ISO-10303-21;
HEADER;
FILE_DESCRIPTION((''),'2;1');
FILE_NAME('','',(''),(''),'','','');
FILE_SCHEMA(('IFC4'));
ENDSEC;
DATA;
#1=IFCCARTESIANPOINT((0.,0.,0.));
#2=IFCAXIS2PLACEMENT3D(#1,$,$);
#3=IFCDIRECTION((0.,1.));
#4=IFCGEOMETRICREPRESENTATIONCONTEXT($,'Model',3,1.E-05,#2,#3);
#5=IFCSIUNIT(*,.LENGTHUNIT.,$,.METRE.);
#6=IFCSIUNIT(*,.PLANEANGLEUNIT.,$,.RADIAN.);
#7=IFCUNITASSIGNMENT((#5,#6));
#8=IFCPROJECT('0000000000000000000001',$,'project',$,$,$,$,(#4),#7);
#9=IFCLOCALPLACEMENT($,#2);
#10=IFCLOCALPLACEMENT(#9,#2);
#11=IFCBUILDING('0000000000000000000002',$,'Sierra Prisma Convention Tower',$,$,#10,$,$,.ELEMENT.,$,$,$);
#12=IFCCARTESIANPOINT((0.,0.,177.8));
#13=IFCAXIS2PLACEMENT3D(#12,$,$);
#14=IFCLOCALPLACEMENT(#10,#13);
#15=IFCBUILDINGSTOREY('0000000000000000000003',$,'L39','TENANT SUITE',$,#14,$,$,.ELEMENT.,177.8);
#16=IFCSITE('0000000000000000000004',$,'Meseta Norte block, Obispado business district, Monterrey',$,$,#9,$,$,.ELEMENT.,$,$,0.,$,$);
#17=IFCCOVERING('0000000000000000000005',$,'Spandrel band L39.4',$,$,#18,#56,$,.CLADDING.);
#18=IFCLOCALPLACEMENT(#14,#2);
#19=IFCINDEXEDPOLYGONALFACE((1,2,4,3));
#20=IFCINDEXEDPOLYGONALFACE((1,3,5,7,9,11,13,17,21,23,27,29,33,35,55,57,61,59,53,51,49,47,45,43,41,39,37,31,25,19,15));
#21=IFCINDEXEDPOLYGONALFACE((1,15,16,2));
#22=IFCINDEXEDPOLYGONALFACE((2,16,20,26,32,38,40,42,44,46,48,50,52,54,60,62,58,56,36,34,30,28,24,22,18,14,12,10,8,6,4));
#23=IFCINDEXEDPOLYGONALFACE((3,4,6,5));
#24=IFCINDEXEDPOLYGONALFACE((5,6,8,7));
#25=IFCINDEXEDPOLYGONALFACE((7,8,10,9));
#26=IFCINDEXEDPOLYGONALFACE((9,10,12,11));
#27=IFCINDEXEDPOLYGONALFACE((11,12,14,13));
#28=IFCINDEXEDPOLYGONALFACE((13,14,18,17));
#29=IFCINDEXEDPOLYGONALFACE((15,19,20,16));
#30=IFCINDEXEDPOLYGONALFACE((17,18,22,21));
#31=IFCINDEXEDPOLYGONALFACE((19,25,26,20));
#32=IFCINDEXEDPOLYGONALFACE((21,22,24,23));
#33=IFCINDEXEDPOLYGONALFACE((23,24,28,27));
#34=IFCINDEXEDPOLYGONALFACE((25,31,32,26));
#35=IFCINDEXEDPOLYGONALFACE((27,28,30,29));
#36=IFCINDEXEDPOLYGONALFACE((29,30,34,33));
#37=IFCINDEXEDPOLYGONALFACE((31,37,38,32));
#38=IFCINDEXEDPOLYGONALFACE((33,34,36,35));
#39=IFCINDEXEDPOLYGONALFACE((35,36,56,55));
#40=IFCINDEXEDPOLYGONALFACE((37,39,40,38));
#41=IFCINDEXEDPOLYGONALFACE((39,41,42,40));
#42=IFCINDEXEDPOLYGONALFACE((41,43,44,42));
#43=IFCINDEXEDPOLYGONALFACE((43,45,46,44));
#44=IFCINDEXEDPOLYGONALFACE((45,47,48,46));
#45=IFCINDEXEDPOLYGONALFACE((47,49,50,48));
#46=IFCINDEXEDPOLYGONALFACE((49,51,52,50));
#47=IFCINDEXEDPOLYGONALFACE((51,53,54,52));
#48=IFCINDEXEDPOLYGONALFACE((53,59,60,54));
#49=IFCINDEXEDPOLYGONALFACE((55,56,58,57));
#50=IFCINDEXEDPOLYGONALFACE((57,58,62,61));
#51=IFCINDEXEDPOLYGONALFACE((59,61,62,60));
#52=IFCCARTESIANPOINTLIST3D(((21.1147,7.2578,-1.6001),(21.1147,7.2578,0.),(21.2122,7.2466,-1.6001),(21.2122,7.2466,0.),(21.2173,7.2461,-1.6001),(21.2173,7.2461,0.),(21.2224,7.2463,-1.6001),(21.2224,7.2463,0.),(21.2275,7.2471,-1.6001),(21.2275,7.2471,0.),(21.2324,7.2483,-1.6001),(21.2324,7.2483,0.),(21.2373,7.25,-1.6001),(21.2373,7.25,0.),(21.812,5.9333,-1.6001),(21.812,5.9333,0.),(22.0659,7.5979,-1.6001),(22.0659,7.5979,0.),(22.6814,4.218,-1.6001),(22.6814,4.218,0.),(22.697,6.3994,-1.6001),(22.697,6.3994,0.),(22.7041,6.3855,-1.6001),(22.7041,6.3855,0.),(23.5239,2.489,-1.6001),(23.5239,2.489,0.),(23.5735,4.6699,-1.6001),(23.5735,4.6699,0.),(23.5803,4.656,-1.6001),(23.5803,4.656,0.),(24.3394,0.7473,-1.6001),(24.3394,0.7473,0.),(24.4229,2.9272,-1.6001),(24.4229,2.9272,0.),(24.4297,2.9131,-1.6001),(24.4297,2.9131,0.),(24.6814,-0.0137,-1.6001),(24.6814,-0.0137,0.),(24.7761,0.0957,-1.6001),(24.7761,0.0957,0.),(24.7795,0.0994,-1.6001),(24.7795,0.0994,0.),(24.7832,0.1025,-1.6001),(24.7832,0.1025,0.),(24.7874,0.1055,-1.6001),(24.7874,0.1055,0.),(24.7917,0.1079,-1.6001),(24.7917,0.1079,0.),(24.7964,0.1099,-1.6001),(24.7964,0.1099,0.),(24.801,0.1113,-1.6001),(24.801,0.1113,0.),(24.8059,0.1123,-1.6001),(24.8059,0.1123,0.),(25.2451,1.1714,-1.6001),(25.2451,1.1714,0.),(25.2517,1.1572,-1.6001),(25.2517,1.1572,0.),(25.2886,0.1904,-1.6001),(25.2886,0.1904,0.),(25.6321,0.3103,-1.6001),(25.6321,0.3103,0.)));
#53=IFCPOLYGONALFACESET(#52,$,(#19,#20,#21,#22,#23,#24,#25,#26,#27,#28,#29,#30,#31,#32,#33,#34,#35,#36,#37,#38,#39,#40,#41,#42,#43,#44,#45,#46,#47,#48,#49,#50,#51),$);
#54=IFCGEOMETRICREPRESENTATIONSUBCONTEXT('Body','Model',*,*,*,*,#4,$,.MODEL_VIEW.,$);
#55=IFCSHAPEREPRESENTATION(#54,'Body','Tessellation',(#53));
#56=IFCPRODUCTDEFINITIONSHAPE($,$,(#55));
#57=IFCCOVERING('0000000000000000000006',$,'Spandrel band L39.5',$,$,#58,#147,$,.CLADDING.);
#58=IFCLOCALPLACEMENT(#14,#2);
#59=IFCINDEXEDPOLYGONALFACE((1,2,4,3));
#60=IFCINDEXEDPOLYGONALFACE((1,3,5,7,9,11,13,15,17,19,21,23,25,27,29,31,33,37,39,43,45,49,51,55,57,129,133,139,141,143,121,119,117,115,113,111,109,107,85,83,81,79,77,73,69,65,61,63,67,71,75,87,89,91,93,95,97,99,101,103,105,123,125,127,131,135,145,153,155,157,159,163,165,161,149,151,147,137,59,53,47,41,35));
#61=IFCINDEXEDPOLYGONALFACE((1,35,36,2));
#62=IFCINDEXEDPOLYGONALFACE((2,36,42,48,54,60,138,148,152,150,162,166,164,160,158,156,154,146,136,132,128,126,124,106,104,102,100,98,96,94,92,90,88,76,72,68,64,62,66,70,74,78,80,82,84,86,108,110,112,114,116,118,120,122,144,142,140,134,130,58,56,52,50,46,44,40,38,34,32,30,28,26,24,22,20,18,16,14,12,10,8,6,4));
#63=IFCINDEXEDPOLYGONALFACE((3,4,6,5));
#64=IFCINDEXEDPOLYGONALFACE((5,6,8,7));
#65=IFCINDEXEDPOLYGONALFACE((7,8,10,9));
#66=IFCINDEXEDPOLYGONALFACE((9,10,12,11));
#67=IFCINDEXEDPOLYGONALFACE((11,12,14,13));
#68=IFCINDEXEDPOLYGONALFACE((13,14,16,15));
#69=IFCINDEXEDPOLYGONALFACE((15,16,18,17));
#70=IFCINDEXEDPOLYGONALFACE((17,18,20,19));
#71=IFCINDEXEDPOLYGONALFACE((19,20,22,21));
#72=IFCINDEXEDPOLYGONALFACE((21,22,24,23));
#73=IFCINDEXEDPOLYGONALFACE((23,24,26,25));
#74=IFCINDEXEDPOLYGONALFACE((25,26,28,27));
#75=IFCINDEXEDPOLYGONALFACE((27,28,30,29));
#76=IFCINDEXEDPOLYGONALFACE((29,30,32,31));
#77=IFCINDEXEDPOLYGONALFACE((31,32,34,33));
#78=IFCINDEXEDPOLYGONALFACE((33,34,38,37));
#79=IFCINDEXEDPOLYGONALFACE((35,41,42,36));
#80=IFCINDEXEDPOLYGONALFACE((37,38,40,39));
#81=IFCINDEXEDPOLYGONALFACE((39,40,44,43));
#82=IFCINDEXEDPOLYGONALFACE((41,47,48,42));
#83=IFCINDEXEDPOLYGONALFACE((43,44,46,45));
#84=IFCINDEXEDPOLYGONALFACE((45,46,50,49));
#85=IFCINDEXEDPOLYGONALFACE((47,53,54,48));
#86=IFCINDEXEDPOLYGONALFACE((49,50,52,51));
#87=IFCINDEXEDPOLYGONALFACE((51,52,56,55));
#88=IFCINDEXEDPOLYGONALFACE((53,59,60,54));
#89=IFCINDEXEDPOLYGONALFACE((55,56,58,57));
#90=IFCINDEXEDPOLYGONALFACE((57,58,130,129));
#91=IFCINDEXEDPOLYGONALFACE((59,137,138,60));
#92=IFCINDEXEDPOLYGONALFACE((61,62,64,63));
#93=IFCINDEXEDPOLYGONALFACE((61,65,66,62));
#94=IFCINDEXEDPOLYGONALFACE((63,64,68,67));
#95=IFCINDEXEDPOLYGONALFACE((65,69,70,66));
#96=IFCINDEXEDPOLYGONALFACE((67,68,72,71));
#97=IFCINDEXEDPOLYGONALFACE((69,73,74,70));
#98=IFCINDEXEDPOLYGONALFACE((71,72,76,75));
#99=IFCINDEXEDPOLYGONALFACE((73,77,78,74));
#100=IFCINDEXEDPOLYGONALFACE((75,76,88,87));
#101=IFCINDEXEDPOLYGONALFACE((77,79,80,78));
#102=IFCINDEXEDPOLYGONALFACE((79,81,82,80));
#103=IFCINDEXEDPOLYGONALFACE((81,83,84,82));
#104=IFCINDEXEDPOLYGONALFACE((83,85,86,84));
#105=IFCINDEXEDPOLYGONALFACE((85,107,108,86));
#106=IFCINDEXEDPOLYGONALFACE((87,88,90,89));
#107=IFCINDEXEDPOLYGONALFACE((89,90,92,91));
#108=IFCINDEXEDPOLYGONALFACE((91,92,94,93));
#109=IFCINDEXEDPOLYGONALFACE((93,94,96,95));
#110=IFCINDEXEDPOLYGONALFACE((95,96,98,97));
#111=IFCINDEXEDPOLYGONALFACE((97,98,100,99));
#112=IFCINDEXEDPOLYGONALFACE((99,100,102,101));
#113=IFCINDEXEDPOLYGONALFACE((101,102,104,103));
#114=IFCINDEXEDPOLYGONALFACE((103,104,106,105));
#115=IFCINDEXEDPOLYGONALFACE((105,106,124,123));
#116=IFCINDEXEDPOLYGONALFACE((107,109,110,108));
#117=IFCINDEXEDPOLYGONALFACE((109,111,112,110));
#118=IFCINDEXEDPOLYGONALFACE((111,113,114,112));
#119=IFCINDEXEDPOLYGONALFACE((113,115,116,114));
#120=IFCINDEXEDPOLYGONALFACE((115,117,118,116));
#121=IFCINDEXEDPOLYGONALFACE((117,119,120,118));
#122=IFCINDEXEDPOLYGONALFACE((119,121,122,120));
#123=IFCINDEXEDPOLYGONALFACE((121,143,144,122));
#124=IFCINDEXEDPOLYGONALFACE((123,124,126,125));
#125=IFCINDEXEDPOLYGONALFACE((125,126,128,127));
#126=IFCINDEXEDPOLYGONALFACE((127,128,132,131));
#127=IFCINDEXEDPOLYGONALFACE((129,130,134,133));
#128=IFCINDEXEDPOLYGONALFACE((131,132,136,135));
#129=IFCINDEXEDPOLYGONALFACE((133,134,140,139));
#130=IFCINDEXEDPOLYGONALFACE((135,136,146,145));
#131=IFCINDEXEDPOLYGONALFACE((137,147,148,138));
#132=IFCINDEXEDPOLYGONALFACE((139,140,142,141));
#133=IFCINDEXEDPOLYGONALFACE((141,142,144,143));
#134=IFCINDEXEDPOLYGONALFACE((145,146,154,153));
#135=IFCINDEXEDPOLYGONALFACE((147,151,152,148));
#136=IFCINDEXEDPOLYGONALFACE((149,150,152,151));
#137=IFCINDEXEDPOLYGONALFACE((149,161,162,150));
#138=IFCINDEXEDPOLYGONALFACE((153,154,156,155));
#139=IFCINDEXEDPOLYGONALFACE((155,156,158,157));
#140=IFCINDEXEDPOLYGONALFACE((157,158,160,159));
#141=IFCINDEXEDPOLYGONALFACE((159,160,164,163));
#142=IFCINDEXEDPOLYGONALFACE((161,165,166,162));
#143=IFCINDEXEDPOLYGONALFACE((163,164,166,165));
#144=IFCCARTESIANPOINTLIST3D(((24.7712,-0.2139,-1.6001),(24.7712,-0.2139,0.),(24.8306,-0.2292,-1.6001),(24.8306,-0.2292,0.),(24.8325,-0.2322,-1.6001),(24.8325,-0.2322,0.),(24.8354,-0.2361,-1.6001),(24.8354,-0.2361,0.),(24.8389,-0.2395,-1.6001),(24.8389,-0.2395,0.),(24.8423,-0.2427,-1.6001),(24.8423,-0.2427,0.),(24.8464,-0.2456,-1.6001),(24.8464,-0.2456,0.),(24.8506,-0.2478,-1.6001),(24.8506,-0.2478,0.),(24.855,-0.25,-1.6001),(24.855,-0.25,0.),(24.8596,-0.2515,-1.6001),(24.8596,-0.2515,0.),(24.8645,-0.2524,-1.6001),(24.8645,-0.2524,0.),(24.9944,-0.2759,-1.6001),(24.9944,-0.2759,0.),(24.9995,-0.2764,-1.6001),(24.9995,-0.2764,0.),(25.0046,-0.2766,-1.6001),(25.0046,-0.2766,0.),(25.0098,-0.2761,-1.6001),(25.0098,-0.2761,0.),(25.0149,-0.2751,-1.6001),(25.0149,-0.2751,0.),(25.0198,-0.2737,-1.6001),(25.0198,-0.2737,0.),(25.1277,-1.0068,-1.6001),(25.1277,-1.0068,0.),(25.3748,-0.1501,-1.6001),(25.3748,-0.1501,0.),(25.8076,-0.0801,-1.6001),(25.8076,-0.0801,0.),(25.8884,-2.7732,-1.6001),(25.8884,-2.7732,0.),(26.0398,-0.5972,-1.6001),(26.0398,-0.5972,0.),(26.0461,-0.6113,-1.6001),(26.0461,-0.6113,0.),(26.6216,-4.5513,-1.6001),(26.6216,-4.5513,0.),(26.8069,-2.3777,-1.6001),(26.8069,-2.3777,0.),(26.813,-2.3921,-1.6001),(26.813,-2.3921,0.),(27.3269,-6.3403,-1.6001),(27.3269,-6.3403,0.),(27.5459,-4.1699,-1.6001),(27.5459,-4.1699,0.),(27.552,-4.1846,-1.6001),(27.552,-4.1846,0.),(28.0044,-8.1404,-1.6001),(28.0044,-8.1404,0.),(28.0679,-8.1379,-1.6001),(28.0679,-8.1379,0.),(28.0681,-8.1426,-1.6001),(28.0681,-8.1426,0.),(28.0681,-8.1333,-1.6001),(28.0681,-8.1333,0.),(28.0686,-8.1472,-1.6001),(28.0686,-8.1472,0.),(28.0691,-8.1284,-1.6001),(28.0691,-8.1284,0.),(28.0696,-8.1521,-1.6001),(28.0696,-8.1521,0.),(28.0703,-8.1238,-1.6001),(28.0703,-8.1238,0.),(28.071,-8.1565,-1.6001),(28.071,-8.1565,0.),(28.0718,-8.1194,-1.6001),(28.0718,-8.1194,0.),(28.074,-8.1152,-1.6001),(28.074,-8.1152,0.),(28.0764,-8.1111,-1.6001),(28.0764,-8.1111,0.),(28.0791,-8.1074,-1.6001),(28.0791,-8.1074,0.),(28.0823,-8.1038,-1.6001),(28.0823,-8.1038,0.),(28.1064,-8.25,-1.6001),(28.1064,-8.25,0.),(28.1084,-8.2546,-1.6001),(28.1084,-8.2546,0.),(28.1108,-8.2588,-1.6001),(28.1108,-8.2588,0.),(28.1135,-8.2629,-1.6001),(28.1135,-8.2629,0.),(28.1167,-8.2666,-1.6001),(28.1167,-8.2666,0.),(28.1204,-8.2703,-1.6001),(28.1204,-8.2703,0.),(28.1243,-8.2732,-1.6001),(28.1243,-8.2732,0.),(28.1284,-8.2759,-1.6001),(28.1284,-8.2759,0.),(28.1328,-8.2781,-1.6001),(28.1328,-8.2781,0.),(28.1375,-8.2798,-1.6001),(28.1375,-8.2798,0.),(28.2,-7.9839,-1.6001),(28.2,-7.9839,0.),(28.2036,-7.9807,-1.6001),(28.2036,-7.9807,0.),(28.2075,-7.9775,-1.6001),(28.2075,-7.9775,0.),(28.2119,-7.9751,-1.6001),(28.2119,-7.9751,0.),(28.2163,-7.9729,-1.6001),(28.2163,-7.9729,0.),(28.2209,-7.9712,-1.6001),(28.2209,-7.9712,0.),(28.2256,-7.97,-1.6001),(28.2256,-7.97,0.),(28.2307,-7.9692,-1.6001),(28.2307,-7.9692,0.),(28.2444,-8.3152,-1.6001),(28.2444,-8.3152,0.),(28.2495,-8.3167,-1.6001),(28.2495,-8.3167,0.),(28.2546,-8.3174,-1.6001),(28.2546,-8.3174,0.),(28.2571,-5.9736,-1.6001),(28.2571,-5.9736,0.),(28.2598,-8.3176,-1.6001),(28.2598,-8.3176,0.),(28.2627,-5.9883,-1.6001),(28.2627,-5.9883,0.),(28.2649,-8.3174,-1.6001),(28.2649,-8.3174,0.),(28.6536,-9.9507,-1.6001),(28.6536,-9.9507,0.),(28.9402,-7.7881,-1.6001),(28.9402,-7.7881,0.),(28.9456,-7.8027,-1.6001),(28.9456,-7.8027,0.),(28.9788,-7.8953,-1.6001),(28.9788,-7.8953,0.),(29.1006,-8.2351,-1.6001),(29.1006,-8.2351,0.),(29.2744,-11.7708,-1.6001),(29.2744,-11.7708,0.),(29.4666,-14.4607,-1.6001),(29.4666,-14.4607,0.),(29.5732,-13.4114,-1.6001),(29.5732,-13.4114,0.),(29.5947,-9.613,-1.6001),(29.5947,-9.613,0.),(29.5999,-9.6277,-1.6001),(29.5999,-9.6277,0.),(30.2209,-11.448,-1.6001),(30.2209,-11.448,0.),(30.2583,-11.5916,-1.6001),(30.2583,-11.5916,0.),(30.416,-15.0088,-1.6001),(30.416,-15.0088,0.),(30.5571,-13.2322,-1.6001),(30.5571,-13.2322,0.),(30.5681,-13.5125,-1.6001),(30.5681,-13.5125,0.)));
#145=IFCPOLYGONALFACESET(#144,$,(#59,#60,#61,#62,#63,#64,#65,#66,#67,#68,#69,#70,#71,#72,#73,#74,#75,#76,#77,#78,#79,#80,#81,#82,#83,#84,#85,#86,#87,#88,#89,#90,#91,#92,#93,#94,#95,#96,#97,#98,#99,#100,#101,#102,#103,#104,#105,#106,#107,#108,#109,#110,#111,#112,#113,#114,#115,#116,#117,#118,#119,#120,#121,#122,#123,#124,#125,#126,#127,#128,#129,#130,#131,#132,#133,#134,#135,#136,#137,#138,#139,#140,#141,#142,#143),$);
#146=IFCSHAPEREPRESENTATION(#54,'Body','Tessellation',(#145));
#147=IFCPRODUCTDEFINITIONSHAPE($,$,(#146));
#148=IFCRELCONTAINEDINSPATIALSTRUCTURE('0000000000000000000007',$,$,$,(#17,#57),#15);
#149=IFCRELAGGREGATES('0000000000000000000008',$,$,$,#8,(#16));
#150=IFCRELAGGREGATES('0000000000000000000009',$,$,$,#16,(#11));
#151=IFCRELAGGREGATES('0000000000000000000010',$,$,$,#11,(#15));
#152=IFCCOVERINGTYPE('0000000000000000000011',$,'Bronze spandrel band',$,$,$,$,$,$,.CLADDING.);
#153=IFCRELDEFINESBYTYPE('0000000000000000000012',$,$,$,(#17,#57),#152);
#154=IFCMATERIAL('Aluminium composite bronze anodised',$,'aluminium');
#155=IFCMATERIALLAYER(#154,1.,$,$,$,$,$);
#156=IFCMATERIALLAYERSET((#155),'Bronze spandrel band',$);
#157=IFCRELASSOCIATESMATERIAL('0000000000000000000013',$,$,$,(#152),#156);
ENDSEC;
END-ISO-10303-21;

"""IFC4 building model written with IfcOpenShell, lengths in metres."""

from ifc_helpers import new_model, si_unit, direction, frame, origin, place, context, subcontext, project, spatial, polyline, outline, extrude, material, layer, layer_set, type_object, element, save


model = new_model("IFC4")

# Units and contexts
model_context = context("Model", 3, precision=1e-05, world=origin(), true_north=direction((0.0, 1.0)))
body_context = subcontext(model_context, "Body", "Model", "MODEL_VIEW")
ifc_project = project(units=[si_unit("LENGTHUNIT", "METRE"), si_unit("PLANEANGLEUNIT", "RADIAN")], contexts=[model_context])

# Site, building, storey
site_placement = place(None, origin())
site = spatial("IfcSite", under=ifc_project, at=site_placement, Name="Meseta Norte block, Obispado business district, Monterrey", CompositionType="ELEMENT", RefElevation=0.0)
building_placement = place(site_placement, origin())
building = spatial("IfcBuilding", under=site, at=building_placement, Name="Sierra Prisma Convention Tower", CompositionType="ELEMENT")
storey_placement = place(building_placement, frame((0.0, 0.0, 177.8)))
storey = spatial("IfcBuildingStorey", under=building, at=storey_placement, Name="L39", Description="TENANT SUITE", CompositionType="ELEMENT", Elevation=177.8)

# Coverings
ifc_material_1 = material(Name="Aluminium composite bronze anodised", Category="aluminium")
ifc_layer_1 = layer(ifc_material_1, 1.0)
ifc_layer_set_1 = layer_set([ifc_layer_1], Name="Bronze spandrel band")
covering_type = type_object("IfcCoveringType", Name="Bronze spandrel band", PredefinedType="CLADDING", material=ifc_layer_set_1)
covering_1_placement = place(storey_placement, frame((0.0, 0.0, -1.6001)))
element("IfcCovering", 1, at=covering_1_placement, inside=storey, type_object=covering_type, Name="Spandrel band L39.4", PredefinedType="CLADDING", context=body_context, shape_type="SweptSolid", body=[
    extrude(outline(polyline([(24.7917, 0.1079), (24.7874, 0.1055), (24.7832, 0.1025), (24.7795, 0.0994), (24.7761, 0.0957), (24.6814, -0.0137), (24.3394, 0.7473), (23.5239, 2.489), (22.6814, 4.218), (21.812, 5.9333), (21.1147, 7.2578), (21.2122, 7.2466), (21.2173, 7.2461), (21.2224, 7.2463), (21.2275, 7.2471), (21.2324, 7.2483), (21.2373, 7.25), (22.0659, 7.5979), (22.697, 6.3994), (22.7041, 6.3855), (23.5735, 4.6699), (23.5803, 4.656), (24.4229, 2.9272), (24.4297, 2.9131), (25.2451, 1.1714), (25.2517, 1.1572), (25.6321, 0.3103), (25.2886, 0.1904), (24.8059, 0.1123), (24.801, 0.1113), (24.7964, 0.1099), (24.7917, 0.1079)])), origin(), (0.0, 0.0, 1.0), 1.6001),
])
covering_2_placement = place(storey_placement, frame((0.0, 0.0, -1.6001)))
element("IfcCovering", 2, at=covering_2_placement, inside=storey, type_object=covering_type, Name="Spandrel band L39.5", PredefinedType="CLADDING", context=body_context, shape_type="SweptSolid", body=[
    extrude(outline(polyline([(25.0198, -0.2737), (25.3748, -0.1501), (25.8076, -0.0801), (26.0398, -0.5972), (26.0461, -0.6113), (26.8069, -2.3777), (26.813, -2.3921), (27.5459, -4.1699), (27.552, -4.1846), (28.2571, -5.9736), (28.2627, -5.9883), (28.9402, -7.7881), (28.9456, -7.8027), (28.9788, -7.8953), (28.2307, -7.9692), (28.2256, -7.97), (28.2209, -7.9712), (28.2163, -7.9729), (28.2119, -7.9751), (28.2075, -7.9775), (28.2036, -7.9807), (28.2, -7.9839), (28.0823, -8.1038), (28.0791, -8.1074), (28.0764, -8.1111), (28.074, -8.1152), (28.0718, -8.1194), (28.0703, -8.1238), (28.0691, -8.1284), (28.0681, -8.1333), (28.0679, -8.1379), (28.0681, -8.1426), (28.0686, -8.1472), (28.0696, -8.1521), (28.071, -8.1565), (28.1064, -8.25), (28.1084, -8.2546), (28.1108, -8.2588), (28.1135, -8.2629), (28.1167, -8.2666), (28.1204, -8.2703), (28.1243, -8.2732), (28.1284, -8.2759), (28.1328, -8.2781), (28.1375, -8.2798), (28.2444, -8.3152), (28.2495, -8.3167), (28.2546, -8.3174), (28.2598, -8.3176), (28.2649, -8.3174), (29.1006, -8.2351), (29.5947, -9.613), (29.5999, -9.6277), (30.2209, -11.448), (30.2583, -11.5916), (30.5571, -13.2322), (30.5681, -13.5125), (30.416, -15.0088), (29.4666, -14.4607), (29.5732, -13.4114), (29.2744, -11.7708), (28.6536, -9.9507), (28.0044, -8.1404), (27.3269, -6.3403), (26.6216, -4.5513), (25.8884, -2.7732), (25.1277, -1.0068), (24.7712, -0.2139), (24.8306, -0.2292), (24.8325, -0.2322), (24.8354, -0.2361), (24.8389, -0.2395), (24.8423, -0.2427), (24.8464, -0.2456), (24.8506, -0.2478), (24.855, -0.25), (24.8596, -0.2515), (24.8645, -0.2524), (24.9944, -0.2759), (24.9995, -0.2764), (25.0046, -0.2766), (25.0098, -0.2761), (25.0149, -0.2751), (25.0198, -0.2737)])), origin(), (0.0, 0.0, 1.0), 1.6001),
])

save(model, "model.ifc")
